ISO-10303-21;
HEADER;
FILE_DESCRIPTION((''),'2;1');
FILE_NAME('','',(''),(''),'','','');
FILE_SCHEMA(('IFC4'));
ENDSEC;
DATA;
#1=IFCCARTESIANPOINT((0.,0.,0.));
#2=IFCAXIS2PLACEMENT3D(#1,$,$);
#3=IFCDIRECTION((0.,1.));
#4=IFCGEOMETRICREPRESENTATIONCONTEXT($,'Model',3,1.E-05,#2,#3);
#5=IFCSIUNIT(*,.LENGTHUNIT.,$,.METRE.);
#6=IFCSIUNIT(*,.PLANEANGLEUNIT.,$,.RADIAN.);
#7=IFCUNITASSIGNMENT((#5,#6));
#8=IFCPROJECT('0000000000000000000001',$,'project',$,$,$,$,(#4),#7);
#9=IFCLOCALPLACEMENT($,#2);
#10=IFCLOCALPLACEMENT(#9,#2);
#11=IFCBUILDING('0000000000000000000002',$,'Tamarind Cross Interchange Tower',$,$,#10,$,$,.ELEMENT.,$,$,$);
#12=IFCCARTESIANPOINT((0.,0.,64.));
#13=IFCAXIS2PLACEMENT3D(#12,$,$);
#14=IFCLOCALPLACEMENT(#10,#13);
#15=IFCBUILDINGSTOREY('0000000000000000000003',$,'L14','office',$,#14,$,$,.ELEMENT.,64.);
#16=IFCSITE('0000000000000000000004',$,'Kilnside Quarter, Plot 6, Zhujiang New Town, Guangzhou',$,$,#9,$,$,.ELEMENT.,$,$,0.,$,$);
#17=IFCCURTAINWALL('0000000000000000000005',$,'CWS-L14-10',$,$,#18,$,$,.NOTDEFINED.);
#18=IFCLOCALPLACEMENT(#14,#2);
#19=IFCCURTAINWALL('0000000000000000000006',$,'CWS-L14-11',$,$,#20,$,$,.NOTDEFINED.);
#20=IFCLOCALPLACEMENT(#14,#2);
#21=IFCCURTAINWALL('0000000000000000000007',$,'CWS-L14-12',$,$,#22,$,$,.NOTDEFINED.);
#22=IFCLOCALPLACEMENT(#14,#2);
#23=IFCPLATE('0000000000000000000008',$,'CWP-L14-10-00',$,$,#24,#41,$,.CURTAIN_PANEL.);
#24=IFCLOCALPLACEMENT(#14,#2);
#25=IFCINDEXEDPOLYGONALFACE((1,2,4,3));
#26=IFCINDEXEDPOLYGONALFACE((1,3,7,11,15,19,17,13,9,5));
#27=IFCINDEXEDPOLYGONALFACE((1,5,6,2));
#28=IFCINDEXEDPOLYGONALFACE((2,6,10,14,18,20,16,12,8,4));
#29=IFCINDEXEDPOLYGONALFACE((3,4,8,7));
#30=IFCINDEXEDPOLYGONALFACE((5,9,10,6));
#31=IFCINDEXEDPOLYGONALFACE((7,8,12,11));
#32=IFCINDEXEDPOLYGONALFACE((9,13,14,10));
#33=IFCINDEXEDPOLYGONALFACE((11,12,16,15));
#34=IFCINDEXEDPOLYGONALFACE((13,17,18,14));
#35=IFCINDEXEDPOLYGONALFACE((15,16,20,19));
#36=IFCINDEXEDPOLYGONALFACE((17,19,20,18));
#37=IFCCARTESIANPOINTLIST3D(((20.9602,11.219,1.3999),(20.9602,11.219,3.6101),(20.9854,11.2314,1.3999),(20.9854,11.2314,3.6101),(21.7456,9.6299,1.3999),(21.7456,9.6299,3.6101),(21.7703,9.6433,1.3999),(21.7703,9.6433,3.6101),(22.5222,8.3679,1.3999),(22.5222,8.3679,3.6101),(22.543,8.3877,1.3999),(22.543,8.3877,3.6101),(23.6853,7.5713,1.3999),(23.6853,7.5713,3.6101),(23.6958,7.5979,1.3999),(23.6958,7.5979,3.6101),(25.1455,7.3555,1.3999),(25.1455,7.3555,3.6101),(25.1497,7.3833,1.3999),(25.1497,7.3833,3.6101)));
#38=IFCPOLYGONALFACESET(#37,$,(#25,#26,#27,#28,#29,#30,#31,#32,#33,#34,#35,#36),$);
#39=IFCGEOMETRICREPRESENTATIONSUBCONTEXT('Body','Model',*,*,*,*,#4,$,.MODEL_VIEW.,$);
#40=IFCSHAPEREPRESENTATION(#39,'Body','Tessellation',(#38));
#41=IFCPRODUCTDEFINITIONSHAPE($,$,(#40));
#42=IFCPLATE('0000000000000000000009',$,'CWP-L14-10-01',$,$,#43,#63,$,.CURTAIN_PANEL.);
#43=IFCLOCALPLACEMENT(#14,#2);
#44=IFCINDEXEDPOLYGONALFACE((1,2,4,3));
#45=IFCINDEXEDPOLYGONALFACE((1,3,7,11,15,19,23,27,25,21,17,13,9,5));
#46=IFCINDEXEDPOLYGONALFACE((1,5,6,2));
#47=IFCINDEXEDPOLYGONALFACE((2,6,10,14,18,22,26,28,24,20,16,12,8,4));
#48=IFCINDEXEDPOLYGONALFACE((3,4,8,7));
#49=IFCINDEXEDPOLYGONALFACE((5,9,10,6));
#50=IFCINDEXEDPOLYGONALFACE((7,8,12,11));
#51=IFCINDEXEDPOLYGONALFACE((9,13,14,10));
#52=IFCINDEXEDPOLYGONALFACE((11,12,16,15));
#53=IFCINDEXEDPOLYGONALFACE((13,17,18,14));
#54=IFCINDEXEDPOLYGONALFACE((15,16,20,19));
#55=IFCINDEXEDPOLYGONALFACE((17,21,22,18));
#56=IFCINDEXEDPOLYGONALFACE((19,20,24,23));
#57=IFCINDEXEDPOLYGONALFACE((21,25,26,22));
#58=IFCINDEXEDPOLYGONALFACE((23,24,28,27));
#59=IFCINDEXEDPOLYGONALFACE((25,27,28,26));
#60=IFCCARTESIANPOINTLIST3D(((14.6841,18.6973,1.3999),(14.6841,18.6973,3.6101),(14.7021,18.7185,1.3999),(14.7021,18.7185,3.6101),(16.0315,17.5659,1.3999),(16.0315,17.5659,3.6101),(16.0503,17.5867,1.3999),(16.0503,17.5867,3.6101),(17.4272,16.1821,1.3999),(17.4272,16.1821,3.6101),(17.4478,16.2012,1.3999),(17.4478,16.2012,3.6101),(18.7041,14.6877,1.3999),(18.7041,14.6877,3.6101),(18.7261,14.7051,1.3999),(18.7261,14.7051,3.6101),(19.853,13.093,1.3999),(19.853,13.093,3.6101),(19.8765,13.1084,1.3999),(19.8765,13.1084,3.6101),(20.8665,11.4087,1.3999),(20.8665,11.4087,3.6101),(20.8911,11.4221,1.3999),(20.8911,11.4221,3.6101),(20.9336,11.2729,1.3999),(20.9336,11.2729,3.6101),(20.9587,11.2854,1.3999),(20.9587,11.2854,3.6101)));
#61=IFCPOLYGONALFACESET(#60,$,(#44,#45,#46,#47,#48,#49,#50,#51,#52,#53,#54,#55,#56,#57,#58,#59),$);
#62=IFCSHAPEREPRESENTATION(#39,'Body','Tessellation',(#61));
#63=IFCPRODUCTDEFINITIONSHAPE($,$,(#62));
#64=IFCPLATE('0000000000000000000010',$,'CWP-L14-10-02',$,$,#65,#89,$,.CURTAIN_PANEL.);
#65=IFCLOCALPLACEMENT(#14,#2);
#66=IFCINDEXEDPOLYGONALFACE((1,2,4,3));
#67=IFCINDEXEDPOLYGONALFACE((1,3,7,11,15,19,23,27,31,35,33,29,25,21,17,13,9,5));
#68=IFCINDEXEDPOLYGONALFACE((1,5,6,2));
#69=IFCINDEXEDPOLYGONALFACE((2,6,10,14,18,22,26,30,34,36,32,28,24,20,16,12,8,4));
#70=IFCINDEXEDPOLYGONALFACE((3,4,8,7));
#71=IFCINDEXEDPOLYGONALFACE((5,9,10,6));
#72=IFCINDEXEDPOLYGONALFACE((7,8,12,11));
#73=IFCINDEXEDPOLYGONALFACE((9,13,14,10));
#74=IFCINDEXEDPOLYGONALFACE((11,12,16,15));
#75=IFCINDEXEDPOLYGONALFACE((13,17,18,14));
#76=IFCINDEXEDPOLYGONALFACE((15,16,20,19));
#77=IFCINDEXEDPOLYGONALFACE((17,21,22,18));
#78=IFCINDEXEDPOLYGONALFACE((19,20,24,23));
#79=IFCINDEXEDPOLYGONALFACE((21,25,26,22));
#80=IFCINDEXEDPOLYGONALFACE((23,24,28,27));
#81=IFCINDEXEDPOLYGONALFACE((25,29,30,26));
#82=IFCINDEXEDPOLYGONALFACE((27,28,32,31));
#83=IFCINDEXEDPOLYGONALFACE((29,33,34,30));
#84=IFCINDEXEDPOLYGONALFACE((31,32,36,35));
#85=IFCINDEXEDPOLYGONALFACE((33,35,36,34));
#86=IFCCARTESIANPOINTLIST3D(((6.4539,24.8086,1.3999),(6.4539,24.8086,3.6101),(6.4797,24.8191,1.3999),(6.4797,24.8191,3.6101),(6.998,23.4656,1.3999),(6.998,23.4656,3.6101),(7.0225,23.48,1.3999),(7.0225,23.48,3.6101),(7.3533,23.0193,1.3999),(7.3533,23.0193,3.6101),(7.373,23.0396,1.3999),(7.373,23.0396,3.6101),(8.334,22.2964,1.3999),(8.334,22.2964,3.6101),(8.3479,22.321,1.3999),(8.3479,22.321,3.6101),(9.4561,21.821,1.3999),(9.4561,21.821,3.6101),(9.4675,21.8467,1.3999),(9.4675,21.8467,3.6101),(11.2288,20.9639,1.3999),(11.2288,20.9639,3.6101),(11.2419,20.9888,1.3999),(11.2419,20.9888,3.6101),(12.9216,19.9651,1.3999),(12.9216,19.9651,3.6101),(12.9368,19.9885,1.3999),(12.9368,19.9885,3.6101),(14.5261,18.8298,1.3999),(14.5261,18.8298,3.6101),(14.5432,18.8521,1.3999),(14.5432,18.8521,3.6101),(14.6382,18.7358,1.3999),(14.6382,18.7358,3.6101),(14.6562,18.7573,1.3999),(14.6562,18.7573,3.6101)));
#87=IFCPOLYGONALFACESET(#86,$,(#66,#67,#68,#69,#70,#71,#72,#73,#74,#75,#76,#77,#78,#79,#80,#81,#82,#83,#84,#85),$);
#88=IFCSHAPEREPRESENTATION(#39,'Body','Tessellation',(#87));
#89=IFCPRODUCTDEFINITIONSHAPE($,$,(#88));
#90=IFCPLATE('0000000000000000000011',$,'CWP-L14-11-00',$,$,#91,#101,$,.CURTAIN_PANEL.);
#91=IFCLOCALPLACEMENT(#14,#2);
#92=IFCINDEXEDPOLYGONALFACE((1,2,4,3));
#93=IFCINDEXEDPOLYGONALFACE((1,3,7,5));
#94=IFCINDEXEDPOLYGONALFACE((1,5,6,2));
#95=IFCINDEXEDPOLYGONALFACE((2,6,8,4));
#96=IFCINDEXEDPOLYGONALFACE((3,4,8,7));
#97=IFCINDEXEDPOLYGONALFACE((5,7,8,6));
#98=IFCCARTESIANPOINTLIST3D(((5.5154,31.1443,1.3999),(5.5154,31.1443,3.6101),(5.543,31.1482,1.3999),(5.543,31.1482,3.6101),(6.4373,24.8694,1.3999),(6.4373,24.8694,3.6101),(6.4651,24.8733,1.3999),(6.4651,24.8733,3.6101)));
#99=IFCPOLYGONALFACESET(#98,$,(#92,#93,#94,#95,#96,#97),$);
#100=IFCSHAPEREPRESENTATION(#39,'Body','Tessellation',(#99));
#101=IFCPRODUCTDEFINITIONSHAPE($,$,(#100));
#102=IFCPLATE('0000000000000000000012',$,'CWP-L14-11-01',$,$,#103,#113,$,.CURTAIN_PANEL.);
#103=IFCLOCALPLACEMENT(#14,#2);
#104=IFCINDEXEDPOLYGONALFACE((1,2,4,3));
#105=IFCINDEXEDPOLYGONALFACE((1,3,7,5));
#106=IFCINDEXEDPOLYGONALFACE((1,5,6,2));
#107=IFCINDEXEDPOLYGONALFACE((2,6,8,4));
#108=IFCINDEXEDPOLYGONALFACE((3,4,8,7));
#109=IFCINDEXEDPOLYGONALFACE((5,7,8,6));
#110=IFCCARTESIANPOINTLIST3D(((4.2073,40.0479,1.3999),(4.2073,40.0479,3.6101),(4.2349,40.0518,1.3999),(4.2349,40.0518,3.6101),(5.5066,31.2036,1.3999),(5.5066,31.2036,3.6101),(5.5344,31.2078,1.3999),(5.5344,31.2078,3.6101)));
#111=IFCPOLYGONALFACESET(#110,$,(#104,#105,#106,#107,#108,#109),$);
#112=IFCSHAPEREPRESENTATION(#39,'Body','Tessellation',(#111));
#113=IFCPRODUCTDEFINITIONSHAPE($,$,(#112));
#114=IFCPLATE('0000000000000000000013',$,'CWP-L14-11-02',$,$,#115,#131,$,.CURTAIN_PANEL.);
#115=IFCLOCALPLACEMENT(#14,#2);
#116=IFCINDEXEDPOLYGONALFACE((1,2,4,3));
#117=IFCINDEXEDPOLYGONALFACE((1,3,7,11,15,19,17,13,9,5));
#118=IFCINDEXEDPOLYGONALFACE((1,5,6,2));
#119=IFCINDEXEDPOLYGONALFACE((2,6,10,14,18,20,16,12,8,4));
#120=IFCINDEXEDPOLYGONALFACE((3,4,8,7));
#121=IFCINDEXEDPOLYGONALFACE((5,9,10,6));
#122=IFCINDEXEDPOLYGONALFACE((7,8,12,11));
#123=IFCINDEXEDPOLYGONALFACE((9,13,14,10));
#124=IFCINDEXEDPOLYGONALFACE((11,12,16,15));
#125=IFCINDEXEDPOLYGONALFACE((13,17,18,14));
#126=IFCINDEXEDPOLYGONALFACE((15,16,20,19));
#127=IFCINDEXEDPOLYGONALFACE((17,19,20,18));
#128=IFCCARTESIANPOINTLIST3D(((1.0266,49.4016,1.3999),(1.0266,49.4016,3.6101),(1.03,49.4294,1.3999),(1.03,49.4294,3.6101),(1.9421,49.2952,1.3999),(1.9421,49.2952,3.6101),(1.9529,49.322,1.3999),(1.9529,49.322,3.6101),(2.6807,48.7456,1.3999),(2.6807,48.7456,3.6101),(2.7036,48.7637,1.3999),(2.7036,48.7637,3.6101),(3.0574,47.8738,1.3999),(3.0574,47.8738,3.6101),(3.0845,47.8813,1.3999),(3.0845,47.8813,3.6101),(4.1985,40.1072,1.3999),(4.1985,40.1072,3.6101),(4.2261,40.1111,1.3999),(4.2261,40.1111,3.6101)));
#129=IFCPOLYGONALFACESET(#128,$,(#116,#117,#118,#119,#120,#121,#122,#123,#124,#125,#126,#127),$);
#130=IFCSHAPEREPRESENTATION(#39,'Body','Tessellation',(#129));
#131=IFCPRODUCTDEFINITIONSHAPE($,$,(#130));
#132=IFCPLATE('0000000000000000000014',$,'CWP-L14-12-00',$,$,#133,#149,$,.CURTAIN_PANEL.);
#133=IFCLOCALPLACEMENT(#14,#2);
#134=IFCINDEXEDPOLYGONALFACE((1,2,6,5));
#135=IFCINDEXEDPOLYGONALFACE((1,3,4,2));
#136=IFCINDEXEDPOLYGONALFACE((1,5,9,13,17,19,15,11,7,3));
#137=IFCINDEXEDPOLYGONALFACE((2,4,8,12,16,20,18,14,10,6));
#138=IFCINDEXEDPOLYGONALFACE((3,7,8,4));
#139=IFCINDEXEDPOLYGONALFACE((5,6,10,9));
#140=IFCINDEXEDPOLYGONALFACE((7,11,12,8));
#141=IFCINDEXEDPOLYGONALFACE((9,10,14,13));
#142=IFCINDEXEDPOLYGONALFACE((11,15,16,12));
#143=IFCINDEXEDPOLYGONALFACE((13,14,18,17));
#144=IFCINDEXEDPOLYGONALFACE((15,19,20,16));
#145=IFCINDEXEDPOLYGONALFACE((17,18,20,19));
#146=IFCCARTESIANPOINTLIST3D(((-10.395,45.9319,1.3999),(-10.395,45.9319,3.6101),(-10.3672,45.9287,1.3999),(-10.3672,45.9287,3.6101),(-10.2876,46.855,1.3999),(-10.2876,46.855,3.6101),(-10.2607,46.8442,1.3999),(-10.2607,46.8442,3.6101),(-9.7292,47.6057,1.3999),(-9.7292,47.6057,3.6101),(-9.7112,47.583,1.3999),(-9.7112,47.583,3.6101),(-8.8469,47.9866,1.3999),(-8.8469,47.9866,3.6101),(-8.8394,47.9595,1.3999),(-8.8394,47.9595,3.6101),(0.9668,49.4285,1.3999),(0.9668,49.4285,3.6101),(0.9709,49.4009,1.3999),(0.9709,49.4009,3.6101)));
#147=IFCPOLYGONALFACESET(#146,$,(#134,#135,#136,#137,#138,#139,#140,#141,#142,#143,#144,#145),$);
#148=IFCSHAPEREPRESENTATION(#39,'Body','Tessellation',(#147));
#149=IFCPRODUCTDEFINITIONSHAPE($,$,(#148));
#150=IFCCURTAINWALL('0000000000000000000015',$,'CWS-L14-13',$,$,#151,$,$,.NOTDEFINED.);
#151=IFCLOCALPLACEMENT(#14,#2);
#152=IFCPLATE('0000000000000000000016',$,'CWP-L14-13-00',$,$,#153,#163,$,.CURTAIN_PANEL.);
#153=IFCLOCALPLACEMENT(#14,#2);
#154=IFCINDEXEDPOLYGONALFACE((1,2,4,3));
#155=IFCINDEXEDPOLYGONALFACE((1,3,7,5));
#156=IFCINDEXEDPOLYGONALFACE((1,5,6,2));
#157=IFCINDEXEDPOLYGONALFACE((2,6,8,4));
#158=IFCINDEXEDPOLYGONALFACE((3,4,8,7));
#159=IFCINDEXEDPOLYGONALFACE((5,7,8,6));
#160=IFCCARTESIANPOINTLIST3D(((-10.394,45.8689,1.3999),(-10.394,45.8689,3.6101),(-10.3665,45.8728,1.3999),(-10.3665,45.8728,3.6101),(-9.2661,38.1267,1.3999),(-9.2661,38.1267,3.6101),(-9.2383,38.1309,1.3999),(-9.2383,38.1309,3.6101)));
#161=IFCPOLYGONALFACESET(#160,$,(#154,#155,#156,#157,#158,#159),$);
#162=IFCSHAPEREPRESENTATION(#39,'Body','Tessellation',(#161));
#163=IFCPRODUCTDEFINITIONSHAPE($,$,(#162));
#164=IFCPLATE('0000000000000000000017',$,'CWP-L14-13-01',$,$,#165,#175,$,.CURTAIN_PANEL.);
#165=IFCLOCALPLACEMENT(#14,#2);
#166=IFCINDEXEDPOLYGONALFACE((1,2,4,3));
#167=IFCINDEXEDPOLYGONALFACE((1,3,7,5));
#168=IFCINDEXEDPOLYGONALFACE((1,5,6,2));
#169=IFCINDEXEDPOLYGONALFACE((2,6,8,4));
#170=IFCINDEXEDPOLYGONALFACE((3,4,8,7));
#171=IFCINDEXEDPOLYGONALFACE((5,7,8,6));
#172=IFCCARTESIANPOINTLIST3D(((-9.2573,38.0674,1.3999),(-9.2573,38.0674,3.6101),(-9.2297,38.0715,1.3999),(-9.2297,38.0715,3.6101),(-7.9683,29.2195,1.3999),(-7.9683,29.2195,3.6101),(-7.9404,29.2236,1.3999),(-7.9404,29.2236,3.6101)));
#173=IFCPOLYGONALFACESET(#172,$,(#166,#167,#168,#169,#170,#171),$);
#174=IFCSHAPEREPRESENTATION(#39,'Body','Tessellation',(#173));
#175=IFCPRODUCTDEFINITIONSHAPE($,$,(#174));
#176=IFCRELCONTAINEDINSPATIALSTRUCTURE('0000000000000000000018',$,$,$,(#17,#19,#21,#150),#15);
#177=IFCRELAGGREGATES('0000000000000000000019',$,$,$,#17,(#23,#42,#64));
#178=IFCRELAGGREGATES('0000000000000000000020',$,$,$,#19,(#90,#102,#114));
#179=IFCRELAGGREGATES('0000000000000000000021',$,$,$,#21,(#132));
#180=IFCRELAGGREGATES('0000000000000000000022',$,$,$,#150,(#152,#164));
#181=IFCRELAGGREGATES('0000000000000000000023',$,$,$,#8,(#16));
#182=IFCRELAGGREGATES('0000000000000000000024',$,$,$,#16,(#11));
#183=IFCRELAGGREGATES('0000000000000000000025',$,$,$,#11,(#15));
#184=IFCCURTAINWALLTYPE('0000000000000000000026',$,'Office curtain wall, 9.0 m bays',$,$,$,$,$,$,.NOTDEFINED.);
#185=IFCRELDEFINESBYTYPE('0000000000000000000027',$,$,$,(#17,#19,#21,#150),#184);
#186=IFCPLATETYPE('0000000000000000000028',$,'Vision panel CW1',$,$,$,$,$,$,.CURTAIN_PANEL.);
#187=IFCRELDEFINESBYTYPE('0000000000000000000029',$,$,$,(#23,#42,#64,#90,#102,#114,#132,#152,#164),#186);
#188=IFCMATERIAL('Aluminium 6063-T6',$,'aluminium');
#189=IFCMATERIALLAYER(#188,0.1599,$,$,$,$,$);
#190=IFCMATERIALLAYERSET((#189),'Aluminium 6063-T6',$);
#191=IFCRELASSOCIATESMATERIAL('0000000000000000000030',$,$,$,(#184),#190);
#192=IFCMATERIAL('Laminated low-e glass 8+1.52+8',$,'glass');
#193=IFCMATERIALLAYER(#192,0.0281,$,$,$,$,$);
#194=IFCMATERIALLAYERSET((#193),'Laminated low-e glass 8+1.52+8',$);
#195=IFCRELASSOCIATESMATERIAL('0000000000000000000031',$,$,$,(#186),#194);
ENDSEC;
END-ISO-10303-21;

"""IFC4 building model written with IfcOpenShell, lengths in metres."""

from ifc_helpers import new_model, si_unit, direction, frame, origin, place, context, subcontext, project, spatial, polyline, outline, extrude, material, layer, layer_set, type_object, element, aggregate, save


model = new_model("IFC4")

# Units and contexts
model_context = context("Model", 3, precision=1e-05, world=origin(), true_north=direction((0.0, 1.0)))
body_context = subcontext(model_context, "Body", "Model", "MODEL_VIEW")
ifc_project = project(units=[si_unit("LENGTHUNIT", "METRE"), si_unit("PLANEANGLEUNIT", "RADIAN")], contexts=[model_context])

# Site, building, storey
site_placement = place(None, origin())
site = spatial("IfcSite", under=ifc_project, at=site_placement, Name="Kilnside Quarter, Plot 6, Zhujiang New Town, Guangzhou", CompositionType="ELEMENT", RefElevation=0.0)
building_placement = place(site_placement, origin())
building = spatial("IfcBuilding", under=site, at=building_placement, Name="Tamarind Cross Interchange Tower", CompositionType="ELEMENT")
storey_placement = place(building_placement, frame((0.0, 0.0, 64.0)))
storey = spatial("IfcBuildingStorey", under=building, at=storey_placement, Name="L14", Description="office", CompositionType="ELEMENT", Elevation=64.0)

# Curtain walls
ifc_material_1 = material(Name="Aluminium 6063-T6", Category="aluminium")
ifc_layer_1 = layer(ifc_material_1, 0.1599)
ifc_layer_set_1 = layer_set([ifc_layer_1], Name="Aluminium 6063-T6")
curtain_wall_type = type_object("IfcCurtainWallType", Name="Office curtain wall, 9.0 m bays", PredefinedType="NOTDEFINED", material=ifc_layer_set_1)
curtain_wall_1_placement = place(storey_placement, origin())
curtain_wall_1 = element("IfcCurtainWall", 1, at=curtain_wall_1_placement, inside=storey, type_object=curtain_wall_type, Name="CWS-L14-10", PredefinedType="NOTDEFINED")
curtain_wall_2_placement = place(storey_placement, origin())
curtain_wall_2 = element("IfcCurtainWall", 2, at=curtain_wall_2_placement, inside=storey, type_object=curtain_wall_type, Name="CWS-L14-11", PredefinedType="NOTDEFINED")
curtain_wall_3_placement = place(storey_placement, origin())
curtain_wall_3 = element("IfcCurtainWall", 3, at=curtain_wall_3_placement, inside=storey, type_object=curtain_wall_type, Name="CWS-L14-12", PredefinedType="NOTDEFINED")

# Plates
ifc_material_2 = material(Name="Laminated low-e glass 8+1.52+8", Category="glass")
ifc_layer_2 = layer(ifc_material_2, 0.0281)
ifc_layer_set_2 = layer_set([ifc_layer_2], Name="Laminated low-e glass 8+1.52+8")
plate_type = type_object("IfcPlateType", Name="Vision panel CW1", PredefinedType="CURTAIN_PANEL", material=ifc_layer_set_2)
plate_1_placement = place(storey_placement, frame((0.0, 0.0, 1.3999)))
plate_1 = element("IfcPlate", 4, at=plate_1_placement, type_object=plate_type, Name="CWP-L14-10-00", PredefinedType="CURTAIN_PANEL", context=body_context, shape_type="SweptSolid", body=[
    extrude(outline(polyline([(25.1455, 7.3555), (23.6853, 7.5713), (22.5222, 8.3679), (21.7456, 9.6299), (20.9602, 11.219), (20.9854, 11.2314), (21.7703, 9.6433), (22.543, 8.3877), (23.6958, 7.5979), (25.1497, 7.3833), (25.1455, 7.3555)])), origin(), (0.0, 0.0, 1.0), 2.2102),
])
plate_2_placement = place(storey_placement, frame((0.0, 0.0, 1.3999)))
plate_2 = element("IfcPlate", 5, at=plate_2_placement, type_object=plate_type, Name="CWP-L14-10-01", PredefinedType="CURTAIN_PANEL", context=body_context, shape_type="SweptSolid", body=[
    extrude(outline(polyline([(20.9336, 11.2729), (20.8665, 11.4087), (19.853, 13.093), (18.7041, 14.6877), (17.4272, 16.1821), (16.0315, 17.5659), (14.6841, 18.6973), (14.7021, 18.7185), (16.0503, 17.5867), (17.4478, 16.2012), (18.7261, 14.7051), (19.8765, 13.1084), (20.8911, 11.4221), (20.9587, 11.2854), (20.9336, 11.2729)])), origin(), (0.0, 0.0, 1.0), 2.2102),
])
plate_3_placement = place(storey_placement, frame((0.0, 0.0, 1.3999)))
plate_3 = element("IfcPlate", 6, at=plate_3_placement, type_object=plate_type, Name="CWP-L14-10-02", PredefinedType="CURTAIN_PANEL", context=body_context, shape_type="SweptSolid", body=[
    extrude(outline(polyline([(14.6382, 18.7358), (14.5261, 18.8298), (12.9216, 19.9651), (11.2288, 20.9639), (9.4561, 21.821), (8.334, 22.2964), (7.3533, 23.0193), (6.998, 23.4656), (6.4539, 24.8086), (6.4797, 24.8191), (7.0225, 23.48), (7.373, 23.0396), (8.3479, 22.321), (9.4675, 21.8467), (11.2419, 20.9888), (12.9368, 19.9885), (14.5432, 18.8521), (14.6562, 18.7573), (14.6382, 18.7358)])), origin(), (0.0, 0.0, 1.0), 2.2102),
])
aggregate(curtain_wall_1, [plate_1, plate_2, plate_3])
plate_4_placement = place(storey_placement, frame((0.0, 0.0, 1.3999)))
plate_4 = element("IfcPlate", 7, at=plate_4_placement, type_object=plate_type, Name="CWP-L14-11-00", PredefinedType="CURTAIN_PANEL", context=body_context, shape_type="SweptSolid", body=[
    extrude(outline(polyline([(6.4373, 24.8694), (5.5154, 31.1443), (5.543, 31.1482), (6.4651, 24.8733), (6.4373, 24.8694)])), origin(), (0.0, 0.0, 1.0), 2.2102),
])
plate_5_placement = place(storey_placement, frame((0.0, 0.0, 1.3999)))
plate_5 = element("IfcPlate", 8, at=plate_5_placement, type_object=plate_type, Name="CWP-L14-11-01", PredefinedType="CURTAIN_PANEL", context=body_context, shape_type="SweptSolid", body=[
    extrude(outline(polyline([(5.5066, 31.2036), (4.2073, 40.0479), (4.2349, 40.0518), (5.5344, 31.2078), (5.5066, 31.2036)])), origin(), (0.0, 0.0, 1.0), 2.2102),
])
plate_6_placement = place(storey_placement, frame((0.0, 0.0, 1.3999)))
plate_6 = element("IfcPlate", 9, at=plate_6_placement, type_object=plate_type, Name="CWP-L14-11-02", PredefinedType="CURTAIN_PANEL", context=body_context, shape_type="SweptSolid", body=[
    extrude(outline(polyline([(4.1985, 40.1072), (3.0574, 47.8738), (2.6807, 48.7456), (1.9421, 49.2952), (1.0266, 49.4016), (1.03, 49.4294), (1.9529, 49.322), (2.7036, 48.7637), (3.0845, 47.8813), (4.2261, 40.1111), (4.1985, 40.1072)])), origin(), (0.0, 0.0, 1.0), 2.2102),
])
aggregate(curtain_wall_2, [plate_4, plate_5, plate_6])
plate_7_placement = place(storey_placement, frame((0.0, 0.0, 1.3999)))
plate_7 = element("IfcPlate", 10, at=plate_7_placement, type_object=plate_type, Name="CWP-L14-12-00", PredefinedType="CURTAIN_PANEL", context=body_context, shape_type="SweptSolid", body=[
    extrude(outline(polyline([(0.9709, 49.4009), (-8.8394, 47.9595), (-9.7112, 47.583), (-10.2607, 46.8442), (-10.3672, 45.9287), (-10.395, 45.9319), (-10.2876, 46.855), (-9.7292, 47.6057), (-8.8469, 47.9866), (0.9668, 49.4285), (0.9709, 49.4009)])), origin(), (0.0, 0.0, 1.0), 2.2102),
])
aggregate(curtain_wall_3, [plate_7])

# Curtain wall, plates
curtain_wall_4_placement = place(storey_placement, origin())
curtain_wall_4 = element("IfcCurtainWall", 11, at=curtain_wall_4_placement, inside=storey, type_object=curtain_wall_type, Name="CWS-L14-13", PredefinedType="NOTDEFINED")
plate_8_placement = place(storey_placement, frame((0.0, 0.0, 1.3999)))
plate_8 = element("IfcPlate", 12, at=plate_8_placement, type_object=plate_type, Name="CWP-L14-13-00", PredefinedType="CURTAIN_PANEL", context=body_context, shape_type="SweptSolid", body=[
    extrude(outline(polyline([(-10.3665, 45.8728), (-9.2383, 38.1309), (-9.2661, 38.1267), (-10.394, 45.8689), (-10.3665, 45.8728)])), origin(), (0.0, 0.0, 1.0), 2.2102),
])
plate_9_placement = place(storey_placement, frame((0.0, 0.0, 1.3999)))
plate_9 = element("IfcPlate", 13, at=plate_9_placement, type_object=plate_type, Name="CWP-L14-13-01", PredefinedType="CURTAIN_PANEL", context=body_context, shape_type="SweptSolid", body=[
    extrude(outline(polyline([(-9.2297, 38.0715), (-7.9404, 29.2236), (-7.9683, 29.2195), (-9.2573, 38.0674), (-9.2297, 38.0715)])), origin(), (0.0, 0.0, 1.0), 2.2102),
])
aggregate(curtain_wall_4, [plate_8, plate_9])

save(model, "model.ifc")
